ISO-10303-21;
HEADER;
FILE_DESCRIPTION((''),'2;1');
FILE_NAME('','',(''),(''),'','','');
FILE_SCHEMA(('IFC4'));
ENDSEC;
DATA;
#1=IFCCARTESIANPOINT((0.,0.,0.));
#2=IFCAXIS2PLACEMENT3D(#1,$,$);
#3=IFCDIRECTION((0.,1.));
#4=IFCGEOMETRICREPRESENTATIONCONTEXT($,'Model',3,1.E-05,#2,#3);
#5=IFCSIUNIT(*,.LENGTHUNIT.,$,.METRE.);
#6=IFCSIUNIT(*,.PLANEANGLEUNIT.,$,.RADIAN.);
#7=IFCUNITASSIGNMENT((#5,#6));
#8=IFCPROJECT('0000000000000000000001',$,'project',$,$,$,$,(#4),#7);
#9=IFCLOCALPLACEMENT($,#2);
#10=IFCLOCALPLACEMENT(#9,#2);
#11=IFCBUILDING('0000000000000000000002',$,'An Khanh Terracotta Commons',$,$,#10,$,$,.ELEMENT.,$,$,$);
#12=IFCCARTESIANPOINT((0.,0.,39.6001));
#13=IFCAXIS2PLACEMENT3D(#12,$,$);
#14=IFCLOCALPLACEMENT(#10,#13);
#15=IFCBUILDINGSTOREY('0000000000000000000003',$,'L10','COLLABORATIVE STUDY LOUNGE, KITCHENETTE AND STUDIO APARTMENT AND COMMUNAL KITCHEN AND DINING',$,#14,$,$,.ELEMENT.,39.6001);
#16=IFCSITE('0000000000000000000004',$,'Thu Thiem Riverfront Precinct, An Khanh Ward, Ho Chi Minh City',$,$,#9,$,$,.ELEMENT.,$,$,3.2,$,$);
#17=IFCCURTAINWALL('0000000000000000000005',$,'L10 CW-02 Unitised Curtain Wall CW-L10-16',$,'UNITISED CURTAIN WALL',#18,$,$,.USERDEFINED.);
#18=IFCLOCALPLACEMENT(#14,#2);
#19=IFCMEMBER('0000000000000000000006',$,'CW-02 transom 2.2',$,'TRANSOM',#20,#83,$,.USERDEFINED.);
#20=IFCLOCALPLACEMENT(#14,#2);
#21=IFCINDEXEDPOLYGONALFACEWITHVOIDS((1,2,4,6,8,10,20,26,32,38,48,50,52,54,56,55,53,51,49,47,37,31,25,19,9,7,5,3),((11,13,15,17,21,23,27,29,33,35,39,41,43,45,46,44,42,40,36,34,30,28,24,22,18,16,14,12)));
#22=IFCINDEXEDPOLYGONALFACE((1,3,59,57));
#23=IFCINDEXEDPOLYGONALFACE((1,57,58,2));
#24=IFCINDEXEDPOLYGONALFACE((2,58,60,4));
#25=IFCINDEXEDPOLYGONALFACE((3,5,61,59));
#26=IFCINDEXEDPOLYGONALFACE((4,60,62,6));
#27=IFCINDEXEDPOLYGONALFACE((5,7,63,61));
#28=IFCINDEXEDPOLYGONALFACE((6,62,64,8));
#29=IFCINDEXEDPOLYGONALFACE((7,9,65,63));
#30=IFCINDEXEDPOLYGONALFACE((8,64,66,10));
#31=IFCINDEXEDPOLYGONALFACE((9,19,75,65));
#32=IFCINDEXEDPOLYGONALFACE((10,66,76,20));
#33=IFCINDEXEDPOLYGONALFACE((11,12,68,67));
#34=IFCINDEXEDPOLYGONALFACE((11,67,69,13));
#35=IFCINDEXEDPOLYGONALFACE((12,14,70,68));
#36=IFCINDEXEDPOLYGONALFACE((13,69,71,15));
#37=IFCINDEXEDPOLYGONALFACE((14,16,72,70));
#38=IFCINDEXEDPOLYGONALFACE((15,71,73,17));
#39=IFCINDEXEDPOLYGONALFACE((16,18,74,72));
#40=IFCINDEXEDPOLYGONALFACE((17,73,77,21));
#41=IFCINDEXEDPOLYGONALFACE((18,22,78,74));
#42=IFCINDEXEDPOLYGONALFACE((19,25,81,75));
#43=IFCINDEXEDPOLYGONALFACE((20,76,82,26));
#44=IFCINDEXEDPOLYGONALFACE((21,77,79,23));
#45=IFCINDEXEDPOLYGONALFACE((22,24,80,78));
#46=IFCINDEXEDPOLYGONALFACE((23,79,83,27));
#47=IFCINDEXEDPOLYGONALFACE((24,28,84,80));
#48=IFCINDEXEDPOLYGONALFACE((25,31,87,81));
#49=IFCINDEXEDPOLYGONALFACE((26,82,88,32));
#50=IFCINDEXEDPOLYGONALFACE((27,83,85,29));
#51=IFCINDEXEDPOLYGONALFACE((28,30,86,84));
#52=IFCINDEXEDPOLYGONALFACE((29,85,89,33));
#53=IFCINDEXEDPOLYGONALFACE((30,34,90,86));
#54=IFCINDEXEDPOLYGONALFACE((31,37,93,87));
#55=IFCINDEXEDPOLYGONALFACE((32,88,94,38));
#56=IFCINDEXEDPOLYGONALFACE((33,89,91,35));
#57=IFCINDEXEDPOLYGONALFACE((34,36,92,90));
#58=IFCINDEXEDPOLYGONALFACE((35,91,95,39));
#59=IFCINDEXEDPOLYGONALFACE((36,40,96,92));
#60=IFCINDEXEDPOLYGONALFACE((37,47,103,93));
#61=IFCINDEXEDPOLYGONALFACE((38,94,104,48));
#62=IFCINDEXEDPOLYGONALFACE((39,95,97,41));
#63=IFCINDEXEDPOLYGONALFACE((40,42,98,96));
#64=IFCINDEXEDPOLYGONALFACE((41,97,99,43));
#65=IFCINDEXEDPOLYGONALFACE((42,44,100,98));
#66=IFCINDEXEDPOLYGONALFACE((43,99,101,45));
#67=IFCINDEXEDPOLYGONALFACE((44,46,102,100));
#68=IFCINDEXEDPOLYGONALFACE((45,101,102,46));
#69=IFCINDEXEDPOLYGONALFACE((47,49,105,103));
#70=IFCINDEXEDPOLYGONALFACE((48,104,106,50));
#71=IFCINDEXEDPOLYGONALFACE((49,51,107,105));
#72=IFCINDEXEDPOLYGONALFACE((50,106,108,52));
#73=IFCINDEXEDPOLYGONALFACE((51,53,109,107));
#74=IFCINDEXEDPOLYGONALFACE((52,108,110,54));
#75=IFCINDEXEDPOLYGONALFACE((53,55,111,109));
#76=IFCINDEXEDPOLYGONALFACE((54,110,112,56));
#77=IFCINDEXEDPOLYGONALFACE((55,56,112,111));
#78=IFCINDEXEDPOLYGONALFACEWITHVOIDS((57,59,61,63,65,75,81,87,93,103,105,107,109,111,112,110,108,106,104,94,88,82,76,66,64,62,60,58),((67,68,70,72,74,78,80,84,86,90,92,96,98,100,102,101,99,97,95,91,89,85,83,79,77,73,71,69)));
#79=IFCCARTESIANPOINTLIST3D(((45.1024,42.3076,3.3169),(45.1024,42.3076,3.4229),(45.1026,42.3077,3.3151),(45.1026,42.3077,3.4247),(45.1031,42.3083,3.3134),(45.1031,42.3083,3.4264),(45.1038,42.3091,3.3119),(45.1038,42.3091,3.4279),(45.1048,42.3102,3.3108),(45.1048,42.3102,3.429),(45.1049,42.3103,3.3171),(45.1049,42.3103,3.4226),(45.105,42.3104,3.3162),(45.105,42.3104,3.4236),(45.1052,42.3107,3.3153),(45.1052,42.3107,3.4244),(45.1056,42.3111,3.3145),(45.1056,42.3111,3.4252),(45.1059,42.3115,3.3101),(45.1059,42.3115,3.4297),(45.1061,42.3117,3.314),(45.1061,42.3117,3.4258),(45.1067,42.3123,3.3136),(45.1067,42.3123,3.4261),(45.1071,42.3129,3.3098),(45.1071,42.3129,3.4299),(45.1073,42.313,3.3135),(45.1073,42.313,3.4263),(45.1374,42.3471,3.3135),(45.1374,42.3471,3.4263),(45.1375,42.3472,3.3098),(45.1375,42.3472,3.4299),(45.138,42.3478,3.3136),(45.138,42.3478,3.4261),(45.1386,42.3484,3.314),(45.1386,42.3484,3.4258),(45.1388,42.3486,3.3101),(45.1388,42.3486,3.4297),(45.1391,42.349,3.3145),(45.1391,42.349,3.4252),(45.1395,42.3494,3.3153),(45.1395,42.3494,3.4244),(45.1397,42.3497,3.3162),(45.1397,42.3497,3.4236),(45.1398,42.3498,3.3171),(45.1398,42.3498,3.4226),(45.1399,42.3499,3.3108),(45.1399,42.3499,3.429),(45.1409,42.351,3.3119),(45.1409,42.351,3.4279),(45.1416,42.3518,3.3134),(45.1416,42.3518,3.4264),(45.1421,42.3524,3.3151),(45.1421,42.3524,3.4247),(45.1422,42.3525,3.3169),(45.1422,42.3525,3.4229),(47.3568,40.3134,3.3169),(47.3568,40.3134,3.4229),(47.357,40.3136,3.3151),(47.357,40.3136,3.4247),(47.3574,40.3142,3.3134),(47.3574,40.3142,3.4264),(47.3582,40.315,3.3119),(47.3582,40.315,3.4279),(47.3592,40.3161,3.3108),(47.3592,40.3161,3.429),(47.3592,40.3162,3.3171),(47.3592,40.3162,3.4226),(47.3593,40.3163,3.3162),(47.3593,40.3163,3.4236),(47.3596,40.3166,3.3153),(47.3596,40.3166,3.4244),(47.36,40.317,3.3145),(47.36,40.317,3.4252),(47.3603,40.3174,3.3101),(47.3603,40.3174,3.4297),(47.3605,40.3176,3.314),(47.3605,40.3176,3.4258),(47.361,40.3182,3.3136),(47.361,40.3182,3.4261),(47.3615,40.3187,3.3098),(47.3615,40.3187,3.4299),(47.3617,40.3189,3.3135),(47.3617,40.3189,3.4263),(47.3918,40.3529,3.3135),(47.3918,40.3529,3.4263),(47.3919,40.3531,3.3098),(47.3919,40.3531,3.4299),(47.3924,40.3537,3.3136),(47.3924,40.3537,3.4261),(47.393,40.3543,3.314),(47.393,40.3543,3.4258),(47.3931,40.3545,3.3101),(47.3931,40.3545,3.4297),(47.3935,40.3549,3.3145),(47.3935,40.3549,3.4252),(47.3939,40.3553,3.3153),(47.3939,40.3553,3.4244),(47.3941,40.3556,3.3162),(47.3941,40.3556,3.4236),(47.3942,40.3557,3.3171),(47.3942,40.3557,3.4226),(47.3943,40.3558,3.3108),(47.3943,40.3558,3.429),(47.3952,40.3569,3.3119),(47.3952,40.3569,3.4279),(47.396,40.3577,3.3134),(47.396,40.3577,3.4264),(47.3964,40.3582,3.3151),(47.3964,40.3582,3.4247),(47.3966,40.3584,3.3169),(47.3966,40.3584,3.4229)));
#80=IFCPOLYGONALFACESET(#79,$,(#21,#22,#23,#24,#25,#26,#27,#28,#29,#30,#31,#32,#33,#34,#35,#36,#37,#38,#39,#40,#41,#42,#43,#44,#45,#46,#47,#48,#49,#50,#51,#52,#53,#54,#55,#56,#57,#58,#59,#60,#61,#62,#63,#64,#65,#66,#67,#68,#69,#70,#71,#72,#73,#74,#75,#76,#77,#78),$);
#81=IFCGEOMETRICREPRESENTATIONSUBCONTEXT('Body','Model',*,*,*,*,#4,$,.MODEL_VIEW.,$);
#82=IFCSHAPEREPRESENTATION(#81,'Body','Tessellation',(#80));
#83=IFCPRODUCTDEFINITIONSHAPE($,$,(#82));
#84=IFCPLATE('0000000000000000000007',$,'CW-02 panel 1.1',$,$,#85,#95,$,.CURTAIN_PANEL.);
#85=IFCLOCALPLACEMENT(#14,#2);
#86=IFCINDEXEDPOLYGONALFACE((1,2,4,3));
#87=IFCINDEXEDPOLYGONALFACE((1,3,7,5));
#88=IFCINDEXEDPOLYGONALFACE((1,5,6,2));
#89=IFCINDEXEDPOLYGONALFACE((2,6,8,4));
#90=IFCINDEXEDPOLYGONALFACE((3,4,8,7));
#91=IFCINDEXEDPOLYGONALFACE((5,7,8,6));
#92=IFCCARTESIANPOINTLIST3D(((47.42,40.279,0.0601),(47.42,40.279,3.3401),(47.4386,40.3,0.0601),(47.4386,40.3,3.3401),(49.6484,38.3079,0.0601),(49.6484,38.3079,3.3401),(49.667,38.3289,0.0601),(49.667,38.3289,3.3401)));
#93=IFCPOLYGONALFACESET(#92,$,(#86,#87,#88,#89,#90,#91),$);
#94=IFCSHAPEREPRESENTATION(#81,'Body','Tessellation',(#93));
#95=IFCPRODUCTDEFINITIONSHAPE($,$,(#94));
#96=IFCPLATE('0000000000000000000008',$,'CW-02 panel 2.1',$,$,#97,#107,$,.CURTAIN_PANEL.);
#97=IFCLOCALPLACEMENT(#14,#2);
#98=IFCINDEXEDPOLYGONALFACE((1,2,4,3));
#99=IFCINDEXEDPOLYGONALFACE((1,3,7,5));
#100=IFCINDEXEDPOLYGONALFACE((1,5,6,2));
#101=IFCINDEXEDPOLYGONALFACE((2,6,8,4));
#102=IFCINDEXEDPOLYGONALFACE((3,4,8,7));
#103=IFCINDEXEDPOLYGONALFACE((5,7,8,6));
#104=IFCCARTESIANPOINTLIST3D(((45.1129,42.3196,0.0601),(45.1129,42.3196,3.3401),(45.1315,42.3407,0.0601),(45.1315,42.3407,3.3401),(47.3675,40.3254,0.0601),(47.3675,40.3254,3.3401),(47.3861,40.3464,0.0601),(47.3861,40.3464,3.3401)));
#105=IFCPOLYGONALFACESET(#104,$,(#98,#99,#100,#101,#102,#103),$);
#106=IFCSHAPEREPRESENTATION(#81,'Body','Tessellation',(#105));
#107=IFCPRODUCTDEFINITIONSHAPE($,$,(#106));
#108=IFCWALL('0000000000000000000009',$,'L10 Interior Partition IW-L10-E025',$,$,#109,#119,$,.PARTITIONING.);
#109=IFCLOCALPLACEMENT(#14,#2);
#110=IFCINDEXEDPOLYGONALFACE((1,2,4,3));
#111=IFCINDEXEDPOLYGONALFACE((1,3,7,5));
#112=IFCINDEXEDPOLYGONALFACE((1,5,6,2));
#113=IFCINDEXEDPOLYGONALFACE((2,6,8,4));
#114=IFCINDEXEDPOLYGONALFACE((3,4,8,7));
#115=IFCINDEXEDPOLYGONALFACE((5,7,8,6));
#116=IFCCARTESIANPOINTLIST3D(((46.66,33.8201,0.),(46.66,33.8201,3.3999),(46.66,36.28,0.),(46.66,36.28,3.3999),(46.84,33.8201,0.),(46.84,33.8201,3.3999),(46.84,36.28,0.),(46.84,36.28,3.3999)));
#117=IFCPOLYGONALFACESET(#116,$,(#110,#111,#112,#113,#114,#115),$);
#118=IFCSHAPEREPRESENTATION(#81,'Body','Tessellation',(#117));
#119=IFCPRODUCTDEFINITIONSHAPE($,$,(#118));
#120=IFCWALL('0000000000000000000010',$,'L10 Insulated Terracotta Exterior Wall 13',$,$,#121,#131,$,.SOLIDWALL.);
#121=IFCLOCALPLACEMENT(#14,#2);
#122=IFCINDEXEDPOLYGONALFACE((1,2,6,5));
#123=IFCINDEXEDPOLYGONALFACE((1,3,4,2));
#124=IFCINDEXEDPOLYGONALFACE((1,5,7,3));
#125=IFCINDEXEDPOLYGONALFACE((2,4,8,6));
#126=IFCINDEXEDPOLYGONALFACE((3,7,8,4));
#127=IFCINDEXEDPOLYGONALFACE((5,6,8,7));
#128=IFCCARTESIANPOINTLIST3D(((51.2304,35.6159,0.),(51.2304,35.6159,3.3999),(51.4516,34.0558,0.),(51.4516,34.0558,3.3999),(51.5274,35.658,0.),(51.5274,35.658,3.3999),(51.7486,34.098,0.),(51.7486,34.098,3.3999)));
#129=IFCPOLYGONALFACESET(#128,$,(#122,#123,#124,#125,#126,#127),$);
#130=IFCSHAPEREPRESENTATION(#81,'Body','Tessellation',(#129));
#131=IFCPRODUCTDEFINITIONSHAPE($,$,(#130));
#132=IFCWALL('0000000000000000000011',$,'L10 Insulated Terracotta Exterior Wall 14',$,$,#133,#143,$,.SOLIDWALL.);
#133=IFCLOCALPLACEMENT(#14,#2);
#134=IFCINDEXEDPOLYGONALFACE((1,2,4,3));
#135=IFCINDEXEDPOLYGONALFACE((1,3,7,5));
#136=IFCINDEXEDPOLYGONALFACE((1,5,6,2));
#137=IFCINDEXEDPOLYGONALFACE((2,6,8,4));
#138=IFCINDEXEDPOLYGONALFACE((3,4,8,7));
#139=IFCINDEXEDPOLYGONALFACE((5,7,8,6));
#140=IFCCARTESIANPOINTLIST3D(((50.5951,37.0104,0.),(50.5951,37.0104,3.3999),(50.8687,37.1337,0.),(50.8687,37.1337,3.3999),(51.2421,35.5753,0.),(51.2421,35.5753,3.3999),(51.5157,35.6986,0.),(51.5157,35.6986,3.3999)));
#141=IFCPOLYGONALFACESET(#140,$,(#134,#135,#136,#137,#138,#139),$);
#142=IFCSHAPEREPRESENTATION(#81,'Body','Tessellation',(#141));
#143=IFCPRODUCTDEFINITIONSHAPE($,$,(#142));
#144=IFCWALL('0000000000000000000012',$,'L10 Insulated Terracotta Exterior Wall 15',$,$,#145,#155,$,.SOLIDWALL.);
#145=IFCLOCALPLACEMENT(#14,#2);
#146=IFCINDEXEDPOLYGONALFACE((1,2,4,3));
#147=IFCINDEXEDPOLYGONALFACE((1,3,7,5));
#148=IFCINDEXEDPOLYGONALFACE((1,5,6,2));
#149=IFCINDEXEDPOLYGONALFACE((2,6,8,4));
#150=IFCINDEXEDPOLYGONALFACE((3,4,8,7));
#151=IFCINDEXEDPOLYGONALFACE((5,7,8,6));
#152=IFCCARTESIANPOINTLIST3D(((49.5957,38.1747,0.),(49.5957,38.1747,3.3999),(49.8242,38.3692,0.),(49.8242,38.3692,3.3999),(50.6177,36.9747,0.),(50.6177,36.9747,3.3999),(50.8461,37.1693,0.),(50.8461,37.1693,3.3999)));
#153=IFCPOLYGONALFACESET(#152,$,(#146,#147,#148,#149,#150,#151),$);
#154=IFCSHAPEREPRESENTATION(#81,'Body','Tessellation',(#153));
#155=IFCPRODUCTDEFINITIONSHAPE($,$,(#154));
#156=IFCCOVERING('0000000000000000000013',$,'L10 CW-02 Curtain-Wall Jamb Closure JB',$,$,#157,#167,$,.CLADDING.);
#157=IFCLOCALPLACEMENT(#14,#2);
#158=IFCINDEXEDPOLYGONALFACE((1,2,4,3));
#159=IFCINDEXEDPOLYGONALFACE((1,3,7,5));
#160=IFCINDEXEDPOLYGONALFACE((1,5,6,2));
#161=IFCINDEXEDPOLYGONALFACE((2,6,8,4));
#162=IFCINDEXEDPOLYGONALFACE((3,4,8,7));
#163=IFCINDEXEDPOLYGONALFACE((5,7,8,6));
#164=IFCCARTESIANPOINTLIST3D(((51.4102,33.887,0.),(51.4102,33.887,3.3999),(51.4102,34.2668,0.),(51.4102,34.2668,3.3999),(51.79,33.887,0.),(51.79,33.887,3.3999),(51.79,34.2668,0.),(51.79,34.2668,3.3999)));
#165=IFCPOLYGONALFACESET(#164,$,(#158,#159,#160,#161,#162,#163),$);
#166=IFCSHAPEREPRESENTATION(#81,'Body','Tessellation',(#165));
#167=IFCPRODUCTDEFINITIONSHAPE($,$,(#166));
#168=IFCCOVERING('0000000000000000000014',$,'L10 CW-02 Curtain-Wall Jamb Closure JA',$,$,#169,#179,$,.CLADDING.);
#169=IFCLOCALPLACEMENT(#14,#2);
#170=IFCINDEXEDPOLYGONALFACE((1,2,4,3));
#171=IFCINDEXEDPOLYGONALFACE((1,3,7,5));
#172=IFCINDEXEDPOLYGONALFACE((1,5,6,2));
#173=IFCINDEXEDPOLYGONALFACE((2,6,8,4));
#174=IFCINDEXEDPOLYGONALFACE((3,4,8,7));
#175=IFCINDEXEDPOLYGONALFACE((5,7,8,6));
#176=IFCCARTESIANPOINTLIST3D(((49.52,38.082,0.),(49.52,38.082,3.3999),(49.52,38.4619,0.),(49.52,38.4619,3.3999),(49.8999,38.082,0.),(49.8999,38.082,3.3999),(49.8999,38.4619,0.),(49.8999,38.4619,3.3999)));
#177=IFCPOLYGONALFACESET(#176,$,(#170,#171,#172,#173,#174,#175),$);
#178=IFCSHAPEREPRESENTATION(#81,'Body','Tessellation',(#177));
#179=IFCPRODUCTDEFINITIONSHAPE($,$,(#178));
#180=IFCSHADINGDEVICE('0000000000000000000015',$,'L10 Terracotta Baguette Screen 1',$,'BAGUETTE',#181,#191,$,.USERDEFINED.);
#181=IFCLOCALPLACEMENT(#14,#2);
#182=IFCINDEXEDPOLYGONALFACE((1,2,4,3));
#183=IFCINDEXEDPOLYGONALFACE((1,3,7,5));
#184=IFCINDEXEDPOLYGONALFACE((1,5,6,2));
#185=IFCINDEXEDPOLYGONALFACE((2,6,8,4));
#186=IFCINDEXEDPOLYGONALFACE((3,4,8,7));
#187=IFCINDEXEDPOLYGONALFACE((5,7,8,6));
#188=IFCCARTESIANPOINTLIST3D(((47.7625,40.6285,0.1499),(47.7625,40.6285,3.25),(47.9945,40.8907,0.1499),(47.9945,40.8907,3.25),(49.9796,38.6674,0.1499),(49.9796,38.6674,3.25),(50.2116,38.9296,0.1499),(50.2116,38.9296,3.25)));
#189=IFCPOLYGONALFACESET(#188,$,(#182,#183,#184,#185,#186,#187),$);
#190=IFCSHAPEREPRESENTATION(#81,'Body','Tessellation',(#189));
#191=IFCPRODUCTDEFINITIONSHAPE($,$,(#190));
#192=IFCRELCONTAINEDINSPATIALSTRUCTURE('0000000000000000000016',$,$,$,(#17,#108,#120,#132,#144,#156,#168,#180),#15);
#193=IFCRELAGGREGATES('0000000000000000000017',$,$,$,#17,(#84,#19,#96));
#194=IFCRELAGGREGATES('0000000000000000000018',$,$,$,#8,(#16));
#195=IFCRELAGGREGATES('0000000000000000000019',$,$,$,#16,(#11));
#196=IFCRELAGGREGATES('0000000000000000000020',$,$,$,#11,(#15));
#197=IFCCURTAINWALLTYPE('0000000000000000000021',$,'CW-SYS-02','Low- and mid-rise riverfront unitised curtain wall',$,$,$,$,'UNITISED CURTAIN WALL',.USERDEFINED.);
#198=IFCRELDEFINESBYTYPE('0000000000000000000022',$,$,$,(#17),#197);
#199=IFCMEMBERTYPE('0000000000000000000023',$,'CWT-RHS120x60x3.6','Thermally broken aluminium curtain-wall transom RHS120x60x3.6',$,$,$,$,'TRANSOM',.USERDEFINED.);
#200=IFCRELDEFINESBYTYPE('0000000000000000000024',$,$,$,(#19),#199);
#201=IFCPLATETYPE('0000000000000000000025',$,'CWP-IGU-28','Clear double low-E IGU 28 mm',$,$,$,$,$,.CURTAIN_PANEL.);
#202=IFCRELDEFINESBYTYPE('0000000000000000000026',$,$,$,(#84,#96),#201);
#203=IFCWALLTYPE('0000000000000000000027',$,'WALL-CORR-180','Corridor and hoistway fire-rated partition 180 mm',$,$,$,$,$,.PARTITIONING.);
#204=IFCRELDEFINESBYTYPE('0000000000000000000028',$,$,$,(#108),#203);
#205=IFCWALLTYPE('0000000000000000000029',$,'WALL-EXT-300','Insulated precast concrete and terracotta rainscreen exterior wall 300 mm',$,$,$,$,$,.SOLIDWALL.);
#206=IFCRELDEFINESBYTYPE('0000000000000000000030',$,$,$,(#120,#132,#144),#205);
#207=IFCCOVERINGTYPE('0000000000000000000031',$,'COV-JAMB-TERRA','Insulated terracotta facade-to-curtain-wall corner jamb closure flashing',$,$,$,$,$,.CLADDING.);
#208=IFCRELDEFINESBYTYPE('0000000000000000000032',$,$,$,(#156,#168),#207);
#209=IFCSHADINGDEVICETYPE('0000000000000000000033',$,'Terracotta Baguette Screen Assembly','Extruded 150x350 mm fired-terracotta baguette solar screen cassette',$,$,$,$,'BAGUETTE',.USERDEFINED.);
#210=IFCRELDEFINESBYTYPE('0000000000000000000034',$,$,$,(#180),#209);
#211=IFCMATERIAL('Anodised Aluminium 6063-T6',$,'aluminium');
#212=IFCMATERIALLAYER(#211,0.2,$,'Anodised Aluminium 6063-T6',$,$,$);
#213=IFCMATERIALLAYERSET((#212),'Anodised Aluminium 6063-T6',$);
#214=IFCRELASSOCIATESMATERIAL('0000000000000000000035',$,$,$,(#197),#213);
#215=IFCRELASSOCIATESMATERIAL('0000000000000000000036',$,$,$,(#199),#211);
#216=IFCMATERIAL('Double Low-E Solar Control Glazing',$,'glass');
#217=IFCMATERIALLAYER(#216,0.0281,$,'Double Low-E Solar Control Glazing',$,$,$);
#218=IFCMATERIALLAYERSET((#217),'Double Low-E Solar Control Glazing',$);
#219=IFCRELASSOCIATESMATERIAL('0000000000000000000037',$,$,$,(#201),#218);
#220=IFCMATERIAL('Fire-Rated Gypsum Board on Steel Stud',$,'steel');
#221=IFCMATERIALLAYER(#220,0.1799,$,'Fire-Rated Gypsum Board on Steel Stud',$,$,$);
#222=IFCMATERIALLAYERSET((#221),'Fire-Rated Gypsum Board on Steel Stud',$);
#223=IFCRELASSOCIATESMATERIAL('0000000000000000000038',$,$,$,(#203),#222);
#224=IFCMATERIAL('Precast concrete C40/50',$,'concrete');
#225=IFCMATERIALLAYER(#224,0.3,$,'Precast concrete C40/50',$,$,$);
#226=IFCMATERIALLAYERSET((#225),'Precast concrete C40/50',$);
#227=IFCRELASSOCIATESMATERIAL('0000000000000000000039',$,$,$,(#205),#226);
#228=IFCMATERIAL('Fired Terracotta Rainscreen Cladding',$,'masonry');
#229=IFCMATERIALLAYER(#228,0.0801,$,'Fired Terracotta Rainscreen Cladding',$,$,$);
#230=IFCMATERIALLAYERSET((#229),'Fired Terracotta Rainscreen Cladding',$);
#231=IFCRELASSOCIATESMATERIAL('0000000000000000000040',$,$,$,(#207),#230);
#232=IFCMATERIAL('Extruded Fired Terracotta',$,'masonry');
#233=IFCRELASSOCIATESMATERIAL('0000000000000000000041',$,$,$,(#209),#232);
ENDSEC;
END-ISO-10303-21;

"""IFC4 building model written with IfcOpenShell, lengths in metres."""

from ifc_helpers import new_model, si_unit, direction, frame, frame_2d, origin, origin_2d, place, context, subcontext, project, spatial, rectangle, hollow_rectangle, extrude, material, layer, layer_set, material_profile, profile_set, type_object, element, aggregate, save


model = new_model("IFC4")

# Units and contexts
model_context = context("Model", 3, precision=1e-05, world=origin(), true_north=direction((0.0, 1.0)))
body_context = subcontext(model_context, "Body", "Model", "MODEL_VIEW")
ifc_project = project(units=[si_unit("LENGTHUNIT", "METRE"), si_unit("PLANEANGLEUNIT", "RADIAN")], contexts=[model_context])

# Site, building, storey
site_placement = place(None, origin())
site = spatial("IfcSite", under=ifc_project, at=site_placement, Name="Thu Thiem Riverfront Precinct, An Khanh Ward, Ho Chi Minh City", CompositionType="ELEMENT", RefElevation=3.2)
building_placement = place(site_placement, origin())
building = spatial("IfcBuilding", under=site, at=building_placement, Name="An Khanh Terracotta Commons", CompositionType="ELEMENT")
storey_placement = place(building_placement, frame((0.0, 0.0, 39.6001)))
storey = spatial("IfcBuildingStorey", under=building, at=storey_placement, Name="L10", Description="COLLABORATIVE STUDY LOUNGE, KITCHENETTE AND STUDIO APARTMENT AND COMMUNAL KITCHEN AND DINING", CompositionType="ELEMENT", Elevation=39.6001)

# Shared definitions
ifc_material_1 = material(Name="Anodised Aluminium 6063-T6", Category="aluminium")
ifc_layer_1 = layer(ifc_material_1, 0.2, Name="Anodised Aluminium 6063-T6")
ifc_layer_set_1 = layer_set([ifc_layer_1], Name="Anodised Aluminium 6063-T6")
curtain_wall_type = type_object("IfcCurtainWallType", Name="CW-SYS-02", Description="Low- and mid-rise riverfront unitised curtain wall", ElementType="UNITISED CURTAIN WALL", PredefinedType="USERDEFINED", material=ifc_layer_set_1)

# Curtain wall, member, plates
curtain_wall_1_placement = place(storey_placement, origin())
curtain_wall_1 = element("IfcCurtainWall", 1, at=curtain_wall_1_placement, inside=storey, type_object=curtain_wall_type, Name="L10 CW-02 Unitised Curtain Wall CW-L10-16", ObjectType="UNITISED CURTAIN WALL", PredefinedType="USERDEFINED")
ifc_material_profile_1 = material_profile(ifc_material_1, hollow_rectangle(XDim=0.0601, YDim=0.1201, WallThickness=0.0037, InnerFilletRadius=0.0037, OuterFilletRadius=0.0071, at=origin_2d()), Name="RHS120x60x3.6")
ifc_profile_set_1 = profile_set([ifc_material_profile_1], Name="Anodised Aluminium 6063-T6")
member_type_1 = type_object("IfcMemberType", Name="CWT-RHS120x60x3.6", Description="Thermally broken aluminium curtain-wall transom RHS120x60x3.6", ElementType="TRANSOM", PredefinedType="USERDEFINED", material=ifc_profile_set_1)
member_1_placement = place(storey_placement, frame((47.3767, 40.3359, 3.3699), z_axis=(-0.749018, 0.662549, 0.0), x_axis=(-0.662549, -0.749018, 0.0)))
member_1 = element("IfcMember", 2, at=member_1_placement, type_object=member_type_1, Name="CW-02 transom 2.2", ObjectType="TRANSOM", PredefinedType="USERDEFINED", context=body_context, shape_type="SweptSolid", body=[
    extrude(hollow_rectangle(XDim=0.0601, YDim=0.1201, WallThickness=0.0037, InnerFilletRadius=0.0037, OuterFilletRadius=0.0071, at=origin_2d()), origin(), (0.0, 0.0, 1.0), 3.0098),
])
ifc_material_2 = material(Name="Double Low-E Solar Control Glazing", Category="glass")
ifc_layer_2 = layer(ifc_material_2, 0.0281, Name="Double Low-E Solar Control Glazing")
ifc_layer_set_2 = layer_set([ifc_layer_2], Name="Double Low-E Solar Control Glazing")
plate_type = type_object("IfcPlateType", Name="CWP-IGU-28", Description="Clear double low-E IGU 28 mm", PredefinedType="CURTAIN_PANEL", material=ifc_layer_set_2)
plate_1_placement = place(storey_placement, frame((48.5435, 39.304, 0.0601), z_axis=(0.0, 0.0, 1.0), x_axis=(-0.749019, 0.662548, 0.0)))
plate_1 = element("IfcPlate", 3, at=plate_1_placement, type_object=plate_type, Name="CW-02 panel 1.1", PredefinedType="CURTAIN_PANEL", context=body_context, shape_type="SweptSolid", body=[
    extrude(rectangle(XDim=2.9751, YDim=0.0281, at=origin_2d()), origin(), (0.0, 0.0, 1.0), 3.28),
])
plate_2_placement = place(storey_placement, frame((46.2495, 41.333, 0.0601), z_axis=(0.0, 0.0, 1.0), x_axis=(-0.749019, 0.662548, 0.0)))
plate_2 = element("IfcPlate", 4, at=plate_2_placement, type_object=plate_type, Name="CW-02 panel 2.1", PredefinedType="CURTAIN_PANEL", context=body_context, shape_type="SweptSolid", body=[
    extrude(rectangle(XDim=3.01, YDim=0.0281, at=origin_2d()), origin(), (0.0, 0.0, 1.0), 3.28),
])
aggregate(curtain_wall_1, [plate_1, member_1, plate_2])

# Walls
ifc_material_3 = material(Name="Fire-Rated Gypsum Board on Steel Stud", Category="steel")
ifc_layer_3 = layer(ifc_material_3, 0.1799, Name="Fire-Rated Gypsum Board on Steel Stud")
ifc_layer_set_3 = layer_set([ifc_layer_3], Name="Fire-Rated Gypsum Board on Steel Stud")
wall_type_1 = type_object("IfcWallType", Name="WALL-CORR-180", Description="Corridor and hoistway fire-rated partition 180 mm", PredefinedType="PARTITIONING", material=ifc_layer_set_3)
wall_1_placement = place(storey_placement, frame((46.75, 33.8201, 0.0), z_axis=(0.0, 0.0, 1.0), x_axis=(0.0, 1.0, 0.0)))
element("IfcWall", 5, at=wall_1_placement, inside=storey, type_object=wall_type_1, Name="L10 Interior Partition IW-L10-E025", PredefinedType="PARTITIONING", context=body_context, shape_type="SweptSolid", body=[
    extrude(rectangle(XDim=2.46, YDim=0.1799, at=frame_2d((1.23, 0.0))), origin(), (0.0, 0.0, 1.0), 3.3999),
])
ifc_material_4 = material(Name="Precast concrete C40/50", Category="concrete")
ifc_layer_4 = layer(ifc_material_4, 0.3, Name="Precast concrete C40/50")
ifc_layer_set_4 = layer_set([ifc_layer_4], Name="Precast concrete C40/50")
wall_type_2 = type_object("IfcWallType", Name="WALL-EXT-300", Description="Insulated precast concrete and terracotta rainscreen exterior wall 300 mm", PredefinedType="SOLIDWALL", material=ifc_layer_set_4)
wall_2_placement = place(storey_placement, frame((51.6001, 34.0769, 0.0), z_axis=(0.0, 0.0, 1.0), x_axis=(-0.14038, 0.990098, 0.0)))
element("IfcWall", 6, at=wall_2_placement, inside=storey, type_object=wall_type_2, Name="L10 Insulated Terracotta Exterior Wall 13", PredefinedType="SOLIDWALL", context=body_context, shape_type="SweptSolid", body=[
    extrude(rectangle(XDim=1.5757, YDim=0.3, at=frame_2d((0.7878, 0.0))), origin(), (0.0, 0.0, 1.0), 3.3999),
])
wall_3_placement = place(storey_placement, frame((51.3789, 35.637, 0.0), z_axis=(0.0, 0.0, 1.0), x_axis=(-0.410997, 0.911637, 0.0)))
element("IfcWall", 7, at=wall_3_placement, inside=storey, type_object=wall_type_2, Name="L10 Insulated Terracotta Exterior Wall 14", PredefinedType="SOLIDWALL", context=body_context, shape_type="SweptSolid", body=[
    extrude(rectangle(XDim=1.5742, YDim=0.3, at=frame_2d((0.7871, 0.0))), origin(), (0.0, 0.0, 1.0), 3.3999),
])
wall_4_placement = place(storey_placement, frame((50.7319, 37.072, 0.0), z_axis=(0.0, 0.0, 1.0), x_axis=(-0.64839, 0.761308, 0.0)))
element("IfcWall", 8, at=wall_4_placement, inside=storey, type_object=wall_type_2, Name="L10 Insulated Terracotta Exterior Wall 15", PredefinedType="SOLIDWALL", context=body_context, shape_type="SweptSolid", body=[
    extrude(rectangle(XDim=1.5762, YDim=0.3, at=frame_2d((0.7881, 0.0))), origin(), (0.0, 0.0, 1.0), 3.3999),
])

# Coverings
ifc_material_5 = material(Name="Fired Terracotta Rainscreen Cladding", Category="masonry")
ifc_layer_5 = layer(ifc_material_5, 0.0801, Name="Fired Terracotta Rainscreen Cladding")
ifc_layer_set_5 = layer_set([ifc_layer_5], Name="Fired Terracotta Rainscreen Cladding")
covering_type = type_object("IfcCoveringType", Name="COV-JAMB-TERRA", Description="Insulated terracotta facade-to-curtain-wall corner jamb closure flashing", PredefinedType="CLADDING", material=ifc_layer_set_5)
for number, where, z_axis, x_axis, name in (
    (9, (51.6001, 34.0769, 0.0), (0.0, 0.0, 1.0), (1.0, 0.0, 0.0), "L10 CW-02 Curtain-Wall Jamb Closure JB"),
    (10, (49.71, 38.272, 0.0), (0.0, 0.0, 1.0), (1.0, 0.0, 0.0), "L10 CW-02 Curtain-Wall Jamb Closure JA"),
):
    element("IfcCovering", number, at=place(storey_placement, frame(where, z_axis=z_axis, x_axis=x_axis)), inside=storey, type_object=covering_type, Name=name, PredefinedType="CLADDING", context=body_context, shape_type="SweptSolid", body=[
        extrude(rectangle(XDim=0.3799, YDim=0.3799, at=origin_2d()), origin(), (0.0, 0.0, 1.0), 3.3999),
    ])

# Shading device
ifc_material_6 = material(Name="Extruded Fired Terracotta", Category="masonry")
shading_device_type = type_object("IfcShadingDeviceType", Name="Terracotta Baguette Screen Assembly", Description="Extruded 150x350 mm fired-terracotta baguette solar screen cassette", ElementType="BAGUETTE", PredefinedType="USERDEFINED", material=ifc_material_6)
shading_device_placement = place(storey_placement, frame((48.9871, 39.7791, 0.1499), z_axis=(0.0, 0.0, 1.0), x_axis=(-0.749019, 0.662548, 0.0)))
element("IfcShadingDevice", 11, at=shading_device_placement, inside=storey, type_object=shading_device_type, Name="L10 Terracotta Baguette Screen 1", ObjectType="BAGUETTE", PredefinedType="USERDEFINED", context=body_context, shape_type="SweptSolid", body=[
    extrude(rectangle(XDim=2.96, YDim=0.3501, at=origin_2d()), origin(), (0.0, 0.0, 1.0), 3.1001),
])

save(model, "model.ifc")
